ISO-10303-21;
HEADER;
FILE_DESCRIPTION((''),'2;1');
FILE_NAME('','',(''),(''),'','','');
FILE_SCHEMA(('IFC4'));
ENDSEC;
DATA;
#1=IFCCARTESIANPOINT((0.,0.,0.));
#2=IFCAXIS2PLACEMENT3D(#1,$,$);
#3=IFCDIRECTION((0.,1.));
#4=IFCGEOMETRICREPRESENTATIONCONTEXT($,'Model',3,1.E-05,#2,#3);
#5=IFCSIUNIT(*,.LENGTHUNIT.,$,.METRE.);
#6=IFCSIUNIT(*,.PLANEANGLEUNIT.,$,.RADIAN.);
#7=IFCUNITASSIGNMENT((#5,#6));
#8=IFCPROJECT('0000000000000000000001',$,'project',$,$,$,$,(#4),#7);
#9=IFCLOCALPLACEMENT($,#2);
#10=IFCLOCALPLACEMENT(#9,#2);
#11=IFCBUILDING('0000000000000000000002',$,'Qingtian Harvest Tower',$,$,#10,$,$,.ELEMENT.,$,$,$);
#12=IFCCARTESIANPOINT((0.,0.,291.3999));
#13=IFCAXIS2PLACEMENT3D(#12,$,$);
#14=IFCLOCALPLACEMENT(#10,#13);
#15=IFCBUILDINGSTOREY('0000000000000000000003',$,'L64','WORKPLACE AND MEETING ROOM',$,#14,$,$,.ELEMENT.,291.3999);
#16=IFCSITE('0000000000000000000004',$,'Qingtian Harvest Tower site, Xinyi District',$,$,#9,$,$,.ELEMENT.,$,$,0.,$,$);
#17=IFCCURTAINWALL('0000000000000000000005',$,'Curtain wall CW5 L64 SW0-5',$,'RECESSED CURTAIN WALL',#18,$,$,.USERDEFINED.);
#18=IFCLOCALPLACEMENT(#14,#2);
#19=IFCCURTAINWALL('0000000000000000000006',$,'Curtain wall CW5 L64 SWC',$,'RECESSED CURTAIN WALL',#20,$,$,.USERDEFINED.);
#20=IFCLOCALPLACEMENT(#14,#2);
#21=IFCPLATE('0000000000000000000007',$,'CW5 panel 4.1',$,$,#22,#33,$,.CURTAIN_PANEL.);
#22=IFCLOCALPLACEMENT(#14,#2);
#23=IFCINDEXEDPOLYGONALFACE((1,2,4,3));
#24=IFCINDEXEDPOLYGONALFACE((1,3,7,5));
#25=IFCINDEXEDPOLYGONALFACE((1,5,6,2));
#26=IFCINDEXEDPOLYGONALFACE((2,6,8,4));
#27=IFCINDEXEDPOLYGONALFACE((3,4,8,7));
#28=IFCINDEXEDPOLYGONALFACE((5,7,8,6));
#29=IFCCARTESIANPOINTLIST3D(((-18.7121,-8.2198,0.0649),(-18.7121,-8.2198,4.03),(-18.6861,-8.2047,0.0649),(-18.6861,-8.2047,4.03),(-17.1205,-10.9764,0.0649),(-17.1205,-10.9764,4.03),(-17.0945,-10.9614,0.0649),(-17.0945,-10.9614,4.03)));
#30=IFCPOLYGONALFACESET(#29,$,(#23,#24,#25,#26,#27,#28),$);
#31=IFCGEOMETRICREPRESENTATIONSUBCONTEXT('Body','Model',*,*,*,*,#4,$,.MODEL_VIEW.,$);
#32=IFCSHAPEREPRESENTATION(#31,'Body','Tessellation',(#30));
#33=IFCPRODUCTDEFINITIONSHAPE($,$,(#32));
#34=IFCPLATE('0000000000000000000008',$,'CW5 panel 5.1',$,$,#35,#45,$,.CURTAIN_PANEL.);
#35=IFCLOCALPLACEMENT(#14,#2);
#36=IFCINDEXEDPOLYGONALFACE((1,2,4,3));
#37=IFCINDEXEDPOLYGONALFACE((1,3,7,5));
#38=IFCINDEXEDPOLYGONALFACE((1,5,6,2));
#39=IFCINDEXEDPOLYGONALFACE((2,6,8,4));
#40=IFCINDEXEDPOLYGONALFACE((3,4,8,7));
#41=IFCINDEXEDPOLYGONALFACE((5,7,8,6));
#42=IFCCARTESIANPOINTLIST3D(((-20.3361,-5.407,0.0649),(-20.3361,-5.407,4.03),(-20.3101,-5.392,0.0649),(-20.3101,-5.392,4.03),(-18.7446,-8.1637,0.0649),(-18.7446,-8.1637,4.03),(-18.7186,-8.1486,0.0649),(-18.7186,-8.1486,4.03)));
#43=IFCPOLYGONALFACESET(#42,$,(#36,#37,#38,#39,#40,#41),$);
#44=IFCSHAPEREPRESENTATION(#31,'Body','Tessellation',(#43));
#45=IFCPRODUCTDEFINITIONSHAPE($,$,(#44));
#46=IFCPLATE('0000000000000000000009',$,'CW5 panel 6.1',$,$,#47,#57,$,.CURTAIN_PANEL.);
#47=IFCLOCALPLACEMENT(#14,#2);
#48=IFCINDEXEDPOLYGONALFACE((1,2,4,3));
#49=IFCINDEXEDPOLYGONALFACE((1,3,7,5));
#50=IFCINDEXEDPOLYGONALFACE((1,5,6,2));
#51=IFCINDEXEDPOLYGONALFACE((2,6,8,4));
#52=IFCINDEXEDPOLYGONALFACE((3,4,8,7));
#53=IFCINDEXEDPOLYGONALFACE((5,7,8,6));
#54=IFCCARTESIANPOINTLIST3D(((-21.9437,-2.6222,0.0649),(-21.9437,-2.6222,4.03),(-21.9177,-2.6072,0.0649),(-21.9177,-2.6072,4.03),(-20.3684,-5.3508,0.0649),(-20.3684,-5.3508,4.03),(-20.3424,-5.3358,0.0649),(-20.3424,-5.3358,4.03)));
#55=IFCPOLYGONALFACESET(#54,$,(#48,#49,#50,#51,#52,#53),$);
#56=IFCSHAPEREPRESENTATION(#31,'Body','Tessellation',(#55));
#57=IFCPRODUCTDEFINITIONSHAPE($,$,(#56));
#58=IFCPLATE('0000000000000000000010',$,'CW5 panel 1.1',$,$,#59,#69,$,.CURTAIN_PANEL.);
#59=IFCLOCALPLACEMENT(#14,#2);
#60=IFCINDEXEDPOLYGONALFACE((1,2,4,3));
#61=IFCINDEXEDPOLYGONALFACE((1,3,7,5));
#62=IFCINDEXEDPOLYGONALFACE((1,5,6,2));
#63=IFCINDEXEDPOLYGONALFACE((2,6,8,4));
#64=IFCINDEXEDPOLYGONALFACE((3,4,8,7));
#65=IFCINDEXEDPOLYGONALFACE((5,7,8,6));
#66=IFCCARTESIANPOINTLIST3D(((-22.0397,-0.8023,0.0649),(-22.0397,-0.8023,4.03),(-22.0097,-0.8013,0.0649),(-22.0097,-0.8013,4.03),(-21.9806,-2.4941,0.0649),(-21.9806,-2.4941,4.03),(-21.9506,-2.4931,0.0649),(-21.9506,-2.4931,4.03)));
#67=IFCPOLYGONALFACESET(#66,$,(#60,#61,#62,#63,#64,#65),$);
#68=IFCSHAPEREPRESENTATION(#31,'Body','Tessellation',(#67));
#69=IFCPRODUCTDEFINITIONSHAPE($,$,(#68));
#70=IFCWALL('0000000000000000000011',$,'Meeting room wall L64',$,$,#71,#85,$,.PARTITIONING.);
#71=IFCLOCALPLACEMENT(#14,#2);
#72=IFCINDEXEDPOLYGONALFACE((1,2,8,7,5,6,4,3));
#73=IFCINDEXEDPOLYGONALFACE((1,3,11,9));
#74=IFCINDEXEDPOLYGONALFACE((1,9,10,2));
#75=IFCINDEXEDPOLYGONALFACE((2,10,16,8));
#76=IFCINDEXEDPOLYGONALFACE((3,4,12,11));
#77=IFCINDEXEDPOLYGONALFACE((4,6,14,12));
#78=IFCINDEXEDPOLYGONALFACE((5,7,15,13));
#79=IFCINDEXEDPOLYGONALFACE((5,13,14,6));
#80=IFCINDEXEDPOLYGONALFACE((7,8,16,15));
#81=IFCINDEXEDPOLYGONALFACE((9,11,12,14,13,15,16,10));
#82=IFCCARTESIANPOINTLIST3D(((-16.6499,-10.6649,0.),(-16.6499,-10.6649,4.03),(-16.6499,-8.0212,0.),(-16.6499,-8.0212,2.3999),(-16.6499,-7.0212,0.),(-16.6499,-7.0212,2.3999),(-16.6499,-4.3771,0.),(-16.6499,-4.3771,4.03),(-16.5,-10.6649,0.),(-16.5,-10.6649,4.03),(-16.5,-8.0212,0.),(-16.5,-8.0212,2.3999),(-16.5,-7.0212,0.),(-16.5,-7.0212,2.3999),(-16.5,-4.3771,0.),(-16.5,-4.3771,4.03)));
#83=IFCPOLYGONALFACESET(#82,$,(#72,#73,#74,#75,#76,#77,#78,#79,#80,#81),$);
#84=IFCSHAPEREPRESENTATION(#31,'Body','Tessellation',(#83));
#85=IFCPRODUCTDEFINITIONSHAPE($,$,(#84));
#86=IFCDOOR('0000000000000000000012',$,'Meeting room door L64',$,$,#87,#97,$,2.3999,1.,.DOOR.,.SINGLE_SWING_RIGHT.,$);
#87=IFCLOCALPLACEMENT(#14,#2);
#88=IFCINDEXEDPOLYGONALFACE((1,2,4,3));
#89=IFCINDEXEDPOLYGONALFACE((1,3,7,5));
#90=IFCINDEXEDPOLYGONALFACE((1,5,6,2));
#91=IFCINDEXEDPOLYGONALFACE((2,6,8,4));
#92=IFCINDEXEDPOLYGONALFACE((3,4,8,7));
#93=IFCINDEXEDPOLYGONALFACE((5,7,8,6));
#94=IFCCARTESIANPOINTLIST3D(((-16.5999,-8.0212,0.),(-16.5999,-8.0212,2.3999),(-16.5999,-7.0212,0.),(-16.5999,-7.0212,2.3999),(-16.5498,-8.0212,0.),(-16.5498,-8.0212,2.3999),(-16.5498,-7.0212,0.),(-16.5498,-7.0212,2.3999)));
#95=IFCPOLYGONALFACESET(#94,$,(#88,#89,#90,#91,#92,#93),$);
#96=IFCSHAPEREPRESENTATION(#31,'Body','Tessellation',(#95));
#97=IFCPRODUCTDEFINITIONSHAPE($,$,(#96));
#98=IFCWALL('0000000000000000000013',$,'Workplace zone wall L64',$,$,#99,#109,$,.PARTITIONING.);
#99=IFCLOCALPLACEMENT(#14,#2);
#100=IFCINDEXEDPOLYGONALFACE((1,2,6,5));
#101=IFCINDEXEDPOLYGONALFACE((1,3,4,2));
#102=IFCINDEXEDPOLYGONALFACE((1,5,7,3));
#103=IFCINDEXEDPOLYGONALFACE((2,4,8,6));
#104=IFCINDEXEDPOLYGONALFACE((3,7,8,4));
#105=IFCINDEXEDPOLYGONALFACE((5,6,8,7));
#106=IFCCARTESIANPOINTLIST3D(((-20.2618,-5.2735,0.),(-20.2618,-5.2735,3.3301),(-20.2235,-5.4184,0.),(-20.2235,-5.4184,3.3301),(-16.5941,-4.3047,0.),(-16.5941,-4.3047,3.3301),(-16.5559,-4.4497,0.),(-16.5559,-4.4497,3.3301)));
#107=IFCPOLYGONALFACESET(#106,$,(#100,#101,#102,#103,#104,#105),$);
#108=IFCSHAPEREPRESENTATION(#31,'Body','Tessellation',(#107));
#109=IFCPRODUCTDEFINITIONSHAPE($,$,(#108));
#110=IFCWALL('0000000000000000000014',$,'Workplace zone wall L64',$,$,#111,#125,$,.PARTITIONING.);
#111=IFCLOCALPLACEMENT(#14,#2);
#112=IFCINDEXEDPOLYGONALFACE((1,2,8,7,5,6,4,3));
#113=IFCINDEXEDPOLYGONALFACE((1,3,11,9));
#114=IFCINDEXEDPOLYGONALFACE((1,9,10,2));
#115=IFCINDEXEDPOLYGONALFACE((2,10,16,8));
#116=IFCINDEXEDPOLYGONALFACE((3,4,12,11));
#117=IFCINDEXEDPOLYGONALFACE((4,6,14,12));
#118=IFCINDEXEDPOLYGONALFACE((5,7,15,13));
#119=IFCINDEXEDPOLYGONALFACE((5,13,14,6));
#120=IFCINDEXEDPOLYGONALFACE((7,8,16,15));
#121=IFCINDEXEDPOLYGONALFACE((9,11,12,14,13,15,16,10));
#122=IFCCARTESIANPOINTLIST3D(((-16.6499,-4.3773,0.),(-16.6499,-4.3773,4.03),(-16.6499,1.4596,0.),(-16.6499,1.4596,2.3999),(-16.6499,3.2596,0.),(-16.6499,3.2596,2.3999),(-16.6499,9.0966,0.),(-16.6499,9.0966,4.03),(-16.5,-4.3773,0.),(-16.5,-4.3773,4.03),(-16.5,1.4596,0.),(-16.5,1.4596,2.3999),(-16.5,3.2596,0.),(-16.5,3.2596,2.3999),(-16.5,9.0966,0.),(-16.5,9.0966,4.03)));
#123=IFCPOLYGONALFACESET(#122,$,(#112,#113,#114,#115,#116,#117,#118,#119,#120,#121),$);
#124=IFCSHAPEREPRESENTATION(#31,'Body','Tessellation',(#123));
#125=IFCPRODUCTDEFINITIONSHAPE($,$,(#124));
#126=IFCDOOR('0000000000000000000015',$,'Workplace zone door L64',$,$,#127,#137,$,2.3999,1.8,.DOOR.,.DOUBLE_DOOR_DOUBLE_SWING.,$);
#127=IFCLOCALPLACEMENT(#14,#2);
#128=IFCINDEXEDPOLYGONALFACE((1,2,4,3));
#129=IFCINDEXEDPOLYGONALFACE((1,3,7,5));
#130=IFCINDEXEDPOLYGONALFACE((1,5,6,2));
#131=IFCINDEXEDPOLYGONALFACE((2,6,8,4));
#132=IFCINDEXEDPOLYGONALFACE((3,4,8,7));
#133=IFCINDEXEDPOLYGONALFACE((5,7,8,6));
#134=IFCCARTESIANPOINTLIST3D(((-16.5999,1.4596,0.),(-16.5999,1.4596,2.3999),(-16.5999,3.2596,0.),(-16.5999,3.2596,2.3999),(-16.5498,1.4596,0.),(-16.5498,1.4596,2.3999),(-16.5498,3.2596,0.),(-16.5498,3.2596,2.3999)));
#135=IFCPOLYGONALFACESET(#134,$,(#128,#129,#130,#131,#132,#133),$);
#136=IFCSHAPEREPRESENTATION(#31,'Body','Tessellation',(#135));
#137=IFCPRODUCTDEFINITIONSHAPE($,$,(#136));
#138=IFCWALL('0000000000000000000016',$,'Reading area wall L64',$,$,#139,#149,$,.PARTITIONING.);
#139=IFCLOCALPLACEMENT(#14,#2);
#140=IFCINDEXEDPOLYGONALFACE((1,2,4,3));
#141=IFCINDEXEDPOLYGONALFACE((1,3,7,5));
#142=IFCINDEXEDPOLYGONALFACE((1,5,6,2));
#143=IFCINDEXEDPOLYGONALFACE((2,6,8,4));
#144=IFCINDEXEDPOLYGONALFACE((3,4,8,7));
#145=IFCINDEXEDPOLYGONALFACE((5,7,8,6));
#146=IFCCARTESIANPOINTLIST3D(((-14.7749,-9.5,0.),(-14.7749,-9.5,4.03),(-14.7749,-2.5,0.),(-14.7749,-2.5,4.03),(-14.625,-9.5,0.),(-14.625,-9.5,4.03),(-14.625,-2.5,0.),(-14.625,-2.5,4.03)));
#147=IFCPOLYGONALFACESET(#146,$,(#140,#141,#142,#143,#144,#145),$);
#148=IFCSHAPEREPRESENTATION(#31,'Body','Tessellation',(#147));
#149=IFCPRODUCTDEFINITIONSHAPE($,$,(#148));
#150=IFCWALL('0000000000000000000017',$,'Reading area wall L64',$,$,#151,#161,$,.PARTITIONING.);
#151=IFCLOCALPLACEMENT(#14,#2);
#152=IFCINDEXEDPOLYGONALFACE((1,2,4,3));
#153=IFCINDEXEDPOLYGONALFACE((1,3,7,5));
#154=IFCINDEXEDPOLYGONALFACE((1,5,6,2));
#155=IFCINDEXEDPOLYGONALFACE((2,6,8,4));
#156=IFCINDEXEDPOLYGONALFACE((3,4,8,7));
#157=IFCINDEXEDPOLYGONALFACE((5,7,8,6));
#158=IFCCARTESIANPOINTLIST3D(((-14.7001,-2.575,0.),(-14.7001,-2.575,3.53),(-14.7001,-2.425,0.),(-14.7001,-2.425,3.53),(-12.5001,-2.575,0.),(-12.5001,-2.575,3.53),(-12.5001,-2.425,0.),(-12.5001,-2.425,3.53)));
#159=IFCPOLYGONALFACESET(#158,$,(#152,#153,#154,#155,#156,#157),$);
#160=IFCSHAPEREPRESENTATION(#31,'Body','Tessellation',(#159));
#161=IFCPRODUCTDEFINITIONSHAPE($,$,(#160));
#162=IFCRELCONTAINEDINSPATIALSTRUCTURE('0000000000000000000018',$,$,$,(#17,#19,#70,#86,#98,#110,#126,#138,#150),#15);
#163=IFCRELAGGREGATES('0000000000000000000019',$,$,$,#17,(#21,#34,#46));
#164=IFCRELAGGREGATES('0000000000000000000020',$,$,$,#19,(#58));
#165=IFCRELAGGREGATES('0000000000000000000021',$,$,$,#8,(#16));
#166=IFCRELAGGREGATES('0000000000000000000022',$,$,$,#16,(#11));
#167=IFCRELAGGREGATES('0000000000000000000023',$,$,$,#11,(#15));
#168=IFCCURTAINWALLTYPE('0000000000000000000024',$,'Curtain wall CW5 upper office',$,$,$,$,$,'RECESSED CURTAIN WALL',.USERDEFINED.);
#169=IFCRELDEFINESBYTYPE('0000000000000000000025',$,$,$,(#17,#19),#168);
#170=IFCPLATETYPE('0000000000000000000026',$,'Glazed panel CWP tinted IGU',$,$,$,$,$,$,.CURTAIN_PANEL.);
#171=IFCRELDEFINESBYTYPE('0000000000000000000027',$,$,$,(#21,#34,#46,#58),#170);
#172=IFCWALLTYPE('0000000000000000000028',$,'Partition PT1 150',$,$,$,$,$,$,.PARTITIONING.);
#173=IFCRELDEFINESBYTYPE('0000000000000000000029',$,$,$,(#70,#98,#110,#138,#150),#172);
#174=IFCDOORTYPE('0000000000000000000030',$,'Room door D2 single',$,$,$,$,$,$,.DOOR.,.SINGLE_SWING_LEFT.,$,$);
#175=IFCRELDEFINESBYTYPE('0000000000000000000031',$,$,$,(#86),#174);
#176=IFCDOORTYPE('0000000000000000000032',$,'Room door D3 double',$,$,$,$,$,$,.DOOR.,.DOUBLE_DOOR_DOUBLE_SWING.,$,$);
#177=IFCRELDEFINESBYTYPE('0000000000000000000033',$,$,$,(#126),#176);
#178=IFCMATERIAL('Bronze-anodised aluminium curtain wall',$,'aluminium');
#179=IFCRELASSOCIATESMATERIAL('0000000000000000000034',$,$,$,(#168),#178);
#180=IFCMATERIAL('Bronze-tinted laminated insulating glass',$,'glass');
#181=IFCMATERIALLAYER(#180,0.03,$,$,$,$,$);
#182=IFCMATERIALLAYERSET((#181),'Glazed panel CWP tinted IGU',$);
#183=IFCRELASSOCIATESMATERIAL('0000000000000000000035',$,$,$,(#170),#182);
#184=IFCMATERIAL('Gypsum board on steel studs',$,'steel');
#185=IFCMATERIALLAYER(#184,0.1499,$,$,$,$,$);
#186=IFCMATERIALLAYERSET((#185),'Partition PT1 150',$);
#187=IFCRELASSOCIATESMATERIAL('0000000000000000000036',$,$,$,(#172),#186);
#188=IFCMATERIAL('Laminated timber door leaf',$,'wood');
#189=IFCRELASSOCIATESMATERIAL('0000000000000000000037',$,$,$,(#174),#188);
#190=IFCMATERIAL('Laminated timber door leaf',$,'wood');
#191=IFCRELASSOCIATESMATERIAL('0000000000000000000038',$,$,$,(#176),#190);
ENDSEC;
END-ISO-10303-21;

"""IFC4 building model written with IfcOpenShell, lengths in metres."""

from ifc_helpers import new_model, si_unit, direction, frame, frame_2d, origin, origin_2d, place, context, subcontext, project, spatial, rectangle, extrude, material, layer, layer_set, type_object, element, fill, aggregate, save


model = new_model("IFC4")

# Units and contexts
model_context = context("Model", 3, precision=1e-05, world=origin(), true_north=direction((0.0, 1.0)))
body_context = subcontext(model_context, "Body", "Model", "MODEL_VIEW")
ifc_project = project(units=[si_unit("LENGTHUNIT", "METRE"), si_unit("PLANEANGLEUNIT", "RADIAN")], contexts=[model_context])

# Site, building, storey
site_placement = place(None, origin())
site = spatial("IfcSite", under=ifc_project, at=site_placement, Name="Qingtian Harvest Tower site, Xinyi District", CompositionType="ELEMENT", RefElevation=0.0)
building_placement = place(site_placement, origin())
building = spatial("IfcBuilding", under=site, at=building_placement, Name="Qingtian Harvest Tower", CompositionType="ELEMENT")
storey_placement = place(building_placement, frame((0.0, 0.0, 291.3999)))
storey = spatial("IfcBuildingStorey", under=building, at=storey_placement, Name="L64", Description="WORKPLACE AND MEETING ROOM", CompositionType="ELEMENT", Elevation=291.3999)

# Curtain walls
ifc_material_1 = material(Name="Bronze-anodised aluminium curtain wall", Category="aluminium")
curtain_wall_type = type_object("IfcCurtainWallType", Name="Curtain wall CW5 upper office", ElementType="RECESSED CURTAIN WALL", PredefinedType="USERDEFINED", material=ifc_material_1)
curtain_wall_1_placement = place(storey_placement, origin())
curtain_wall_1 = element("IfcCurtainWall", 1, at=curtain_wall_1_placement, inside=storey, type_object=curtain_wall_type, Name="Curtain wall CW5 L64 SW0-5", ObjectType="RECESSED CURTAIN WALL", PredefinedType="USERDEFINED")
curtain_wall_2_placement = place(storey_placement, origin())
curtain_wall_2 = element("IfcCurtainWall", 2, at=curtain_wall_2_placement, inside=storey, type_object=curtain_wall_type, Name="Curtain wall CW5 L64 SWC", ObjectType="RECESSED CURTAIN WALL", PredefinedType="USERDEFINED")

# Plates
ifc_material_2 = material(Name="Bronze-tinted laminated insulating glass", Category="glass")
ifc_layer_1 = layer(ifc_material_2, 0.03)
ifc_layer_set_1 = layer_set([ifc_layer_1], Name="Glazed panel CWP tinted IGU")
plate_type = type_object("IfcPlateType", Name="Glazed panel CWP tinted IGU", PredefinedType="CURTAIN_PANEL", material=ifc_layer_set_1)
plate_1_placement = place(storey_placement, frame((-17.9033, -9.5906, 0.0649), z_axis=(0.0, 0.0, 1.0), x_axis=(-0.5, 0.866025, 0.0)))
plate_1 = element("IfcPlate", 3, at=plate_1_placement, type_object=plate_type, Name="CW5 panel 4.1", PredefinedType="CURTAIN_PANEL", context=body_context, shape_type="SweptSolid", body=[
    extrude(rectangle(XDim=3.1831, YDim=0.03, at=origin_2d()), origin(), (0.0, 0.0, 1.0), 3.9651),
])
plate_2_placement = place(storey_placement, frame((-19.5273, -6.7778, 0.0649), z_axis=(0.0, 0.0, 1.0), x_axis=(-0.5, 0.866025, 0.0)))
plate_2 = element("IfcPlate", 4, at=plate_2_placement, type_object=plate_type, Name="CW5 panel 5.1", PredefinedType="CURTAIN_PANEL", context=body_context, shape_type="SweptSolid", body=[
    extrude(rectangle(XDim=3.1831, YDim=0.03, at=origin_2d()), origin(), (0.0, 0.0, 1.0), 3.9651),
])
plate_3_placement = place(storey_placement, frame((-21.1431, -3.979, 0.0649), z_axis=(0.0, 0.0, 1.0), x_axis=(-0.5, 0.866025, 0.0)))
plate_3 = element("IfcPlate", 5, at=plate_3_placement, type_object=plate_type, Name="CW5 panel 6.1", PredefinedType="CURTAIN_PANEL", context=body_context, shape_type="SweptSolid", body=[
    extrude(rectangle(XDim=3.1506, YDim=0.03, at=origin_2d()), origin(), (0.0, 0.0, 1.0), 3.9651),
])
aggregate(curtain_wall_1, [plate_1, plate_2, plate_3])
plate_4_placement = place(storey_placement, frame((-21.9951, -1.6477, 0.0649), z_axis=(0.0, 0.0, 1.0), x_axis=(-0.034899, 0.999391, 0.0)))
plate_4 = element("IfcPlate", 6, at=plate_4_placement, type_object=plate_type, Name="CW5 panel 1.1", PredefinedType="CURTAIN_PANEL", context=body_context, shape_type="SweptSolid", body=[
    extrude(rectangle(XDim=1.6929, YDim=0.03, at=origin_2d()), origin(), (0.0, 0.0, 1.0), 3.9651),
])
aggregate(curtain_wall_2, [plate_4])

# Wall, opening, door
ifc_material_3 = material(Name="Gypsum board on steel studs", Category="steel")
ifc_layer_2 = layer(ifc_material_3, 0.1499)
ifc_layer_set_2 = layer_set([ifc_layer_2], Name="Partition PT1 150")
wall_type = type_object("IfcWallType", Name="Partition PT1 150", PredefinedType="PARTITIONING", material=ifc_layer_set_2)
wall_1_placement = place(storey_placement, frame((-16.575, -10.665, 0.0), z_axis=(0.0, 0.0, 1.0), x_axis=(0.0, 1.0, 0.0)))
wall_1 = element("IfcWall", 7, at=wall_1_placement, inside=storey, type_object=wall_type, Name="Meeting room wall L64", PredefinedType="PARTITIONING", context=body_context, shape_type="SweptSolid", body=[
    extrude(rectangle(XDim=6.2878, YDim=0.1499, at=frame_2d((3.144, 0.0))), origin(), (0.0, 0.0, 1.0), 4.03),
])
opening_1_placement = place(wall_1_placement, frame((2.6438, 0.0, 0.0)))
opening_1 = element("IfcOpeningElement", 8, at=opening_1_placement, cuts=wall_1, PredefinedType="OPENING", context=body_context, shape_type="SweptSolid", body=[
    extrude(rectangle(XDim=1.0, YDim=2.3999, at=frame_2d((0.5, 1.2))), frame((0.0, 0.085, 0.0), z_axis=(0.0, -1.0, 0.0), x_axis=(1.0, 0.0, 0.0)), (0.0, 0.0, 1.0), 0.1699),
])
ifc_material_4 = material(Name="Laminated timber door leaf", Category="wood")
door_type_1 = type_object("IfcDoorType", Name="Room door D2 single", OperationType="SINGLE_SWING_LEFT", PredefinedType="DOOR", material=ifc_material_4)
door_1_placement = place(opening_1_placement, origin())
door_1 = element("IfcDoor", 9, at=door_1_placement, inside=storey, type_object=door_type_1, Name="Meeting room door L64", OperationType="SINGLE_SWING_RIGHT", OverallHeight=2.3999, OverallWidth=1.0, PredefinedType="DOOR", context=body_context, shape_type="SweptSolid", body=[
    extrude(rectangle(XDim=1.0, YDim=2.3999, at=frame_2d((0.5, 1.2))), frame((0.0, 0.0249, 0.0), z_axis=(0.0, -1.0, 0.0), x_axis=(1.0, 0.0, 0.0)), (0.0, 0.0, 1.0), 0.05),
])
fill(opening_1, door_1)

# Wall
wall_2_placement = place(storey_placement, frame((-20.2427, -5.3459, 0.0), z_axis=(0.0, 0.0, 1.0), x_axis=(0.966843, 0.255371, 0.0)))
element("IfcWall", 10, at=wall_2_placement, inside=storey, type_object=wall_type, Name="Workplace zone wall L64", PredefinedType="PARTITIONING", context=body_context, shape_type="SweptSolid", body=[
    extrude(rectangle(XDim=3.7935, YDim=0.1499, at=frame_2d((1.8967, 0.0))), origin(), (0.0, 0.0, 1.0), 3.3301),
])

# Wall, opening, door
wall_3_placement = place(storey_placement, frame((-16.575, -4.3772, 0.0), z_axis=(0.0, 0.0, 1.0), x_axis=(0.0, 1.0, 0.0)))
wall_3 = element("IfcWall", 11, at=wall_3_placement, inside=storey, type_object=wall_type, Name="Workplace zone wall L64", PredefinedType="PARTITIONING", context=body_context, shape_type="SweptSolid", body=[
    extrude(rectangle(XDim=13.4739, YDim=0.1499, at=frame_2d((6.7368, 0.0))), origin(), (0.0, 0.0, 1.0), 4.03),
])
opening_2_placement = place(wall_3_placement, frame((5.8369, 0.0, 0.0)))
opening_2 = element("IfcOpeningElement", 12, at=opening_2_placement, cuts=wall_3, PredefinedType="OPENING", context=body_context, shape_type="SweptSolid", body=[
    extrude(rectangle(XDim=1.8, YDim=2.3999, at=frame_2d((0.8999, 1.2))), frame((0.0, 0.085, 0.0), z_axis=(0.0, -1.0, 0.0), x_axis=(1.0, 0.0, 0.0)), (0.0, 0.0, 1.0), 0.1699),
])
ifc_material_5 = material(Name="Laminated timber door leaf", Category="wood")
door_type_2 = type_object("IfcDoorType", Name="Room door D3 double", OperationType="DOUBLE_DOOR_DOUBLE_SWING", PredefinedType="DOOR", material=ifc_material_5)
door_2_placement = place(opening_2_placement, origin())
door_2 = element("IfcDoor", 13, at=door_2_placement, inside=storey, type_object=door_type_2, Name="Workplace zone door L64", OperationType="DOUBLE_DOOR_DOUBLE_SWING", OverallHeight=2.3999, OverallWidth=1.8, PredefinedType="DOOR", context=body_context, shape_type="SweptSolid", body=[
    extrude(rectangle(XDim=1.8, YDim=2.3999, at=frame_2d((0.8999, 1.2))), frame((0.0, 0.0249, 0.0), z_axis=(0.0, -1.0, 0.0), x_axis=(1.0, 0.0, 0.0)), (0.0, 0.0, 1.0), 0.05),
])
fill(opening_2, door_2)

# Walls
wall_4_placement = place(storey_placement, frame((-14.7, -9.5, 0.0), z_axis=(0.0, 0.0, 1.0), x_axis=(0.0, 1.0, 0.0)))
element("IfcWall", 14, at=wall_4_placement, inside=storey, type_object=wall_type, Name="Reading area wall L64", PredefinedType="PARTITIONING", context=body_context, shape_type="SweptSolid", body=[
    extrude(rectangle(XDim=7.0, YDim=0.1499, at=frame_2d((3.5, 0.0))), origin(), (0.0, 0.0, 1.0), 4.03),
])
wall_5_placement = place(storey_placement, frame((-12.5, -2.5, 0.0), z_axis=(0.0, 0.0, 1.0), x_axis=(-1.0, 0.0, 0.0)))
element("IfcWall", 15, at=wall_5_placement, inside=storey, type_object=wall_type, Name="Reading area wall L64", PredefinedType="PARTITIONING", context=body_context, shape_type="SweptSolid", body=[
    extrude(rectangle(XDim=2.2, YDim=0.1499, at=frame_2d((1.1001, 0.0))), origin(), (0.0, 0.0, 1.0), 3.53),
])

save(model, "model.ifc")
